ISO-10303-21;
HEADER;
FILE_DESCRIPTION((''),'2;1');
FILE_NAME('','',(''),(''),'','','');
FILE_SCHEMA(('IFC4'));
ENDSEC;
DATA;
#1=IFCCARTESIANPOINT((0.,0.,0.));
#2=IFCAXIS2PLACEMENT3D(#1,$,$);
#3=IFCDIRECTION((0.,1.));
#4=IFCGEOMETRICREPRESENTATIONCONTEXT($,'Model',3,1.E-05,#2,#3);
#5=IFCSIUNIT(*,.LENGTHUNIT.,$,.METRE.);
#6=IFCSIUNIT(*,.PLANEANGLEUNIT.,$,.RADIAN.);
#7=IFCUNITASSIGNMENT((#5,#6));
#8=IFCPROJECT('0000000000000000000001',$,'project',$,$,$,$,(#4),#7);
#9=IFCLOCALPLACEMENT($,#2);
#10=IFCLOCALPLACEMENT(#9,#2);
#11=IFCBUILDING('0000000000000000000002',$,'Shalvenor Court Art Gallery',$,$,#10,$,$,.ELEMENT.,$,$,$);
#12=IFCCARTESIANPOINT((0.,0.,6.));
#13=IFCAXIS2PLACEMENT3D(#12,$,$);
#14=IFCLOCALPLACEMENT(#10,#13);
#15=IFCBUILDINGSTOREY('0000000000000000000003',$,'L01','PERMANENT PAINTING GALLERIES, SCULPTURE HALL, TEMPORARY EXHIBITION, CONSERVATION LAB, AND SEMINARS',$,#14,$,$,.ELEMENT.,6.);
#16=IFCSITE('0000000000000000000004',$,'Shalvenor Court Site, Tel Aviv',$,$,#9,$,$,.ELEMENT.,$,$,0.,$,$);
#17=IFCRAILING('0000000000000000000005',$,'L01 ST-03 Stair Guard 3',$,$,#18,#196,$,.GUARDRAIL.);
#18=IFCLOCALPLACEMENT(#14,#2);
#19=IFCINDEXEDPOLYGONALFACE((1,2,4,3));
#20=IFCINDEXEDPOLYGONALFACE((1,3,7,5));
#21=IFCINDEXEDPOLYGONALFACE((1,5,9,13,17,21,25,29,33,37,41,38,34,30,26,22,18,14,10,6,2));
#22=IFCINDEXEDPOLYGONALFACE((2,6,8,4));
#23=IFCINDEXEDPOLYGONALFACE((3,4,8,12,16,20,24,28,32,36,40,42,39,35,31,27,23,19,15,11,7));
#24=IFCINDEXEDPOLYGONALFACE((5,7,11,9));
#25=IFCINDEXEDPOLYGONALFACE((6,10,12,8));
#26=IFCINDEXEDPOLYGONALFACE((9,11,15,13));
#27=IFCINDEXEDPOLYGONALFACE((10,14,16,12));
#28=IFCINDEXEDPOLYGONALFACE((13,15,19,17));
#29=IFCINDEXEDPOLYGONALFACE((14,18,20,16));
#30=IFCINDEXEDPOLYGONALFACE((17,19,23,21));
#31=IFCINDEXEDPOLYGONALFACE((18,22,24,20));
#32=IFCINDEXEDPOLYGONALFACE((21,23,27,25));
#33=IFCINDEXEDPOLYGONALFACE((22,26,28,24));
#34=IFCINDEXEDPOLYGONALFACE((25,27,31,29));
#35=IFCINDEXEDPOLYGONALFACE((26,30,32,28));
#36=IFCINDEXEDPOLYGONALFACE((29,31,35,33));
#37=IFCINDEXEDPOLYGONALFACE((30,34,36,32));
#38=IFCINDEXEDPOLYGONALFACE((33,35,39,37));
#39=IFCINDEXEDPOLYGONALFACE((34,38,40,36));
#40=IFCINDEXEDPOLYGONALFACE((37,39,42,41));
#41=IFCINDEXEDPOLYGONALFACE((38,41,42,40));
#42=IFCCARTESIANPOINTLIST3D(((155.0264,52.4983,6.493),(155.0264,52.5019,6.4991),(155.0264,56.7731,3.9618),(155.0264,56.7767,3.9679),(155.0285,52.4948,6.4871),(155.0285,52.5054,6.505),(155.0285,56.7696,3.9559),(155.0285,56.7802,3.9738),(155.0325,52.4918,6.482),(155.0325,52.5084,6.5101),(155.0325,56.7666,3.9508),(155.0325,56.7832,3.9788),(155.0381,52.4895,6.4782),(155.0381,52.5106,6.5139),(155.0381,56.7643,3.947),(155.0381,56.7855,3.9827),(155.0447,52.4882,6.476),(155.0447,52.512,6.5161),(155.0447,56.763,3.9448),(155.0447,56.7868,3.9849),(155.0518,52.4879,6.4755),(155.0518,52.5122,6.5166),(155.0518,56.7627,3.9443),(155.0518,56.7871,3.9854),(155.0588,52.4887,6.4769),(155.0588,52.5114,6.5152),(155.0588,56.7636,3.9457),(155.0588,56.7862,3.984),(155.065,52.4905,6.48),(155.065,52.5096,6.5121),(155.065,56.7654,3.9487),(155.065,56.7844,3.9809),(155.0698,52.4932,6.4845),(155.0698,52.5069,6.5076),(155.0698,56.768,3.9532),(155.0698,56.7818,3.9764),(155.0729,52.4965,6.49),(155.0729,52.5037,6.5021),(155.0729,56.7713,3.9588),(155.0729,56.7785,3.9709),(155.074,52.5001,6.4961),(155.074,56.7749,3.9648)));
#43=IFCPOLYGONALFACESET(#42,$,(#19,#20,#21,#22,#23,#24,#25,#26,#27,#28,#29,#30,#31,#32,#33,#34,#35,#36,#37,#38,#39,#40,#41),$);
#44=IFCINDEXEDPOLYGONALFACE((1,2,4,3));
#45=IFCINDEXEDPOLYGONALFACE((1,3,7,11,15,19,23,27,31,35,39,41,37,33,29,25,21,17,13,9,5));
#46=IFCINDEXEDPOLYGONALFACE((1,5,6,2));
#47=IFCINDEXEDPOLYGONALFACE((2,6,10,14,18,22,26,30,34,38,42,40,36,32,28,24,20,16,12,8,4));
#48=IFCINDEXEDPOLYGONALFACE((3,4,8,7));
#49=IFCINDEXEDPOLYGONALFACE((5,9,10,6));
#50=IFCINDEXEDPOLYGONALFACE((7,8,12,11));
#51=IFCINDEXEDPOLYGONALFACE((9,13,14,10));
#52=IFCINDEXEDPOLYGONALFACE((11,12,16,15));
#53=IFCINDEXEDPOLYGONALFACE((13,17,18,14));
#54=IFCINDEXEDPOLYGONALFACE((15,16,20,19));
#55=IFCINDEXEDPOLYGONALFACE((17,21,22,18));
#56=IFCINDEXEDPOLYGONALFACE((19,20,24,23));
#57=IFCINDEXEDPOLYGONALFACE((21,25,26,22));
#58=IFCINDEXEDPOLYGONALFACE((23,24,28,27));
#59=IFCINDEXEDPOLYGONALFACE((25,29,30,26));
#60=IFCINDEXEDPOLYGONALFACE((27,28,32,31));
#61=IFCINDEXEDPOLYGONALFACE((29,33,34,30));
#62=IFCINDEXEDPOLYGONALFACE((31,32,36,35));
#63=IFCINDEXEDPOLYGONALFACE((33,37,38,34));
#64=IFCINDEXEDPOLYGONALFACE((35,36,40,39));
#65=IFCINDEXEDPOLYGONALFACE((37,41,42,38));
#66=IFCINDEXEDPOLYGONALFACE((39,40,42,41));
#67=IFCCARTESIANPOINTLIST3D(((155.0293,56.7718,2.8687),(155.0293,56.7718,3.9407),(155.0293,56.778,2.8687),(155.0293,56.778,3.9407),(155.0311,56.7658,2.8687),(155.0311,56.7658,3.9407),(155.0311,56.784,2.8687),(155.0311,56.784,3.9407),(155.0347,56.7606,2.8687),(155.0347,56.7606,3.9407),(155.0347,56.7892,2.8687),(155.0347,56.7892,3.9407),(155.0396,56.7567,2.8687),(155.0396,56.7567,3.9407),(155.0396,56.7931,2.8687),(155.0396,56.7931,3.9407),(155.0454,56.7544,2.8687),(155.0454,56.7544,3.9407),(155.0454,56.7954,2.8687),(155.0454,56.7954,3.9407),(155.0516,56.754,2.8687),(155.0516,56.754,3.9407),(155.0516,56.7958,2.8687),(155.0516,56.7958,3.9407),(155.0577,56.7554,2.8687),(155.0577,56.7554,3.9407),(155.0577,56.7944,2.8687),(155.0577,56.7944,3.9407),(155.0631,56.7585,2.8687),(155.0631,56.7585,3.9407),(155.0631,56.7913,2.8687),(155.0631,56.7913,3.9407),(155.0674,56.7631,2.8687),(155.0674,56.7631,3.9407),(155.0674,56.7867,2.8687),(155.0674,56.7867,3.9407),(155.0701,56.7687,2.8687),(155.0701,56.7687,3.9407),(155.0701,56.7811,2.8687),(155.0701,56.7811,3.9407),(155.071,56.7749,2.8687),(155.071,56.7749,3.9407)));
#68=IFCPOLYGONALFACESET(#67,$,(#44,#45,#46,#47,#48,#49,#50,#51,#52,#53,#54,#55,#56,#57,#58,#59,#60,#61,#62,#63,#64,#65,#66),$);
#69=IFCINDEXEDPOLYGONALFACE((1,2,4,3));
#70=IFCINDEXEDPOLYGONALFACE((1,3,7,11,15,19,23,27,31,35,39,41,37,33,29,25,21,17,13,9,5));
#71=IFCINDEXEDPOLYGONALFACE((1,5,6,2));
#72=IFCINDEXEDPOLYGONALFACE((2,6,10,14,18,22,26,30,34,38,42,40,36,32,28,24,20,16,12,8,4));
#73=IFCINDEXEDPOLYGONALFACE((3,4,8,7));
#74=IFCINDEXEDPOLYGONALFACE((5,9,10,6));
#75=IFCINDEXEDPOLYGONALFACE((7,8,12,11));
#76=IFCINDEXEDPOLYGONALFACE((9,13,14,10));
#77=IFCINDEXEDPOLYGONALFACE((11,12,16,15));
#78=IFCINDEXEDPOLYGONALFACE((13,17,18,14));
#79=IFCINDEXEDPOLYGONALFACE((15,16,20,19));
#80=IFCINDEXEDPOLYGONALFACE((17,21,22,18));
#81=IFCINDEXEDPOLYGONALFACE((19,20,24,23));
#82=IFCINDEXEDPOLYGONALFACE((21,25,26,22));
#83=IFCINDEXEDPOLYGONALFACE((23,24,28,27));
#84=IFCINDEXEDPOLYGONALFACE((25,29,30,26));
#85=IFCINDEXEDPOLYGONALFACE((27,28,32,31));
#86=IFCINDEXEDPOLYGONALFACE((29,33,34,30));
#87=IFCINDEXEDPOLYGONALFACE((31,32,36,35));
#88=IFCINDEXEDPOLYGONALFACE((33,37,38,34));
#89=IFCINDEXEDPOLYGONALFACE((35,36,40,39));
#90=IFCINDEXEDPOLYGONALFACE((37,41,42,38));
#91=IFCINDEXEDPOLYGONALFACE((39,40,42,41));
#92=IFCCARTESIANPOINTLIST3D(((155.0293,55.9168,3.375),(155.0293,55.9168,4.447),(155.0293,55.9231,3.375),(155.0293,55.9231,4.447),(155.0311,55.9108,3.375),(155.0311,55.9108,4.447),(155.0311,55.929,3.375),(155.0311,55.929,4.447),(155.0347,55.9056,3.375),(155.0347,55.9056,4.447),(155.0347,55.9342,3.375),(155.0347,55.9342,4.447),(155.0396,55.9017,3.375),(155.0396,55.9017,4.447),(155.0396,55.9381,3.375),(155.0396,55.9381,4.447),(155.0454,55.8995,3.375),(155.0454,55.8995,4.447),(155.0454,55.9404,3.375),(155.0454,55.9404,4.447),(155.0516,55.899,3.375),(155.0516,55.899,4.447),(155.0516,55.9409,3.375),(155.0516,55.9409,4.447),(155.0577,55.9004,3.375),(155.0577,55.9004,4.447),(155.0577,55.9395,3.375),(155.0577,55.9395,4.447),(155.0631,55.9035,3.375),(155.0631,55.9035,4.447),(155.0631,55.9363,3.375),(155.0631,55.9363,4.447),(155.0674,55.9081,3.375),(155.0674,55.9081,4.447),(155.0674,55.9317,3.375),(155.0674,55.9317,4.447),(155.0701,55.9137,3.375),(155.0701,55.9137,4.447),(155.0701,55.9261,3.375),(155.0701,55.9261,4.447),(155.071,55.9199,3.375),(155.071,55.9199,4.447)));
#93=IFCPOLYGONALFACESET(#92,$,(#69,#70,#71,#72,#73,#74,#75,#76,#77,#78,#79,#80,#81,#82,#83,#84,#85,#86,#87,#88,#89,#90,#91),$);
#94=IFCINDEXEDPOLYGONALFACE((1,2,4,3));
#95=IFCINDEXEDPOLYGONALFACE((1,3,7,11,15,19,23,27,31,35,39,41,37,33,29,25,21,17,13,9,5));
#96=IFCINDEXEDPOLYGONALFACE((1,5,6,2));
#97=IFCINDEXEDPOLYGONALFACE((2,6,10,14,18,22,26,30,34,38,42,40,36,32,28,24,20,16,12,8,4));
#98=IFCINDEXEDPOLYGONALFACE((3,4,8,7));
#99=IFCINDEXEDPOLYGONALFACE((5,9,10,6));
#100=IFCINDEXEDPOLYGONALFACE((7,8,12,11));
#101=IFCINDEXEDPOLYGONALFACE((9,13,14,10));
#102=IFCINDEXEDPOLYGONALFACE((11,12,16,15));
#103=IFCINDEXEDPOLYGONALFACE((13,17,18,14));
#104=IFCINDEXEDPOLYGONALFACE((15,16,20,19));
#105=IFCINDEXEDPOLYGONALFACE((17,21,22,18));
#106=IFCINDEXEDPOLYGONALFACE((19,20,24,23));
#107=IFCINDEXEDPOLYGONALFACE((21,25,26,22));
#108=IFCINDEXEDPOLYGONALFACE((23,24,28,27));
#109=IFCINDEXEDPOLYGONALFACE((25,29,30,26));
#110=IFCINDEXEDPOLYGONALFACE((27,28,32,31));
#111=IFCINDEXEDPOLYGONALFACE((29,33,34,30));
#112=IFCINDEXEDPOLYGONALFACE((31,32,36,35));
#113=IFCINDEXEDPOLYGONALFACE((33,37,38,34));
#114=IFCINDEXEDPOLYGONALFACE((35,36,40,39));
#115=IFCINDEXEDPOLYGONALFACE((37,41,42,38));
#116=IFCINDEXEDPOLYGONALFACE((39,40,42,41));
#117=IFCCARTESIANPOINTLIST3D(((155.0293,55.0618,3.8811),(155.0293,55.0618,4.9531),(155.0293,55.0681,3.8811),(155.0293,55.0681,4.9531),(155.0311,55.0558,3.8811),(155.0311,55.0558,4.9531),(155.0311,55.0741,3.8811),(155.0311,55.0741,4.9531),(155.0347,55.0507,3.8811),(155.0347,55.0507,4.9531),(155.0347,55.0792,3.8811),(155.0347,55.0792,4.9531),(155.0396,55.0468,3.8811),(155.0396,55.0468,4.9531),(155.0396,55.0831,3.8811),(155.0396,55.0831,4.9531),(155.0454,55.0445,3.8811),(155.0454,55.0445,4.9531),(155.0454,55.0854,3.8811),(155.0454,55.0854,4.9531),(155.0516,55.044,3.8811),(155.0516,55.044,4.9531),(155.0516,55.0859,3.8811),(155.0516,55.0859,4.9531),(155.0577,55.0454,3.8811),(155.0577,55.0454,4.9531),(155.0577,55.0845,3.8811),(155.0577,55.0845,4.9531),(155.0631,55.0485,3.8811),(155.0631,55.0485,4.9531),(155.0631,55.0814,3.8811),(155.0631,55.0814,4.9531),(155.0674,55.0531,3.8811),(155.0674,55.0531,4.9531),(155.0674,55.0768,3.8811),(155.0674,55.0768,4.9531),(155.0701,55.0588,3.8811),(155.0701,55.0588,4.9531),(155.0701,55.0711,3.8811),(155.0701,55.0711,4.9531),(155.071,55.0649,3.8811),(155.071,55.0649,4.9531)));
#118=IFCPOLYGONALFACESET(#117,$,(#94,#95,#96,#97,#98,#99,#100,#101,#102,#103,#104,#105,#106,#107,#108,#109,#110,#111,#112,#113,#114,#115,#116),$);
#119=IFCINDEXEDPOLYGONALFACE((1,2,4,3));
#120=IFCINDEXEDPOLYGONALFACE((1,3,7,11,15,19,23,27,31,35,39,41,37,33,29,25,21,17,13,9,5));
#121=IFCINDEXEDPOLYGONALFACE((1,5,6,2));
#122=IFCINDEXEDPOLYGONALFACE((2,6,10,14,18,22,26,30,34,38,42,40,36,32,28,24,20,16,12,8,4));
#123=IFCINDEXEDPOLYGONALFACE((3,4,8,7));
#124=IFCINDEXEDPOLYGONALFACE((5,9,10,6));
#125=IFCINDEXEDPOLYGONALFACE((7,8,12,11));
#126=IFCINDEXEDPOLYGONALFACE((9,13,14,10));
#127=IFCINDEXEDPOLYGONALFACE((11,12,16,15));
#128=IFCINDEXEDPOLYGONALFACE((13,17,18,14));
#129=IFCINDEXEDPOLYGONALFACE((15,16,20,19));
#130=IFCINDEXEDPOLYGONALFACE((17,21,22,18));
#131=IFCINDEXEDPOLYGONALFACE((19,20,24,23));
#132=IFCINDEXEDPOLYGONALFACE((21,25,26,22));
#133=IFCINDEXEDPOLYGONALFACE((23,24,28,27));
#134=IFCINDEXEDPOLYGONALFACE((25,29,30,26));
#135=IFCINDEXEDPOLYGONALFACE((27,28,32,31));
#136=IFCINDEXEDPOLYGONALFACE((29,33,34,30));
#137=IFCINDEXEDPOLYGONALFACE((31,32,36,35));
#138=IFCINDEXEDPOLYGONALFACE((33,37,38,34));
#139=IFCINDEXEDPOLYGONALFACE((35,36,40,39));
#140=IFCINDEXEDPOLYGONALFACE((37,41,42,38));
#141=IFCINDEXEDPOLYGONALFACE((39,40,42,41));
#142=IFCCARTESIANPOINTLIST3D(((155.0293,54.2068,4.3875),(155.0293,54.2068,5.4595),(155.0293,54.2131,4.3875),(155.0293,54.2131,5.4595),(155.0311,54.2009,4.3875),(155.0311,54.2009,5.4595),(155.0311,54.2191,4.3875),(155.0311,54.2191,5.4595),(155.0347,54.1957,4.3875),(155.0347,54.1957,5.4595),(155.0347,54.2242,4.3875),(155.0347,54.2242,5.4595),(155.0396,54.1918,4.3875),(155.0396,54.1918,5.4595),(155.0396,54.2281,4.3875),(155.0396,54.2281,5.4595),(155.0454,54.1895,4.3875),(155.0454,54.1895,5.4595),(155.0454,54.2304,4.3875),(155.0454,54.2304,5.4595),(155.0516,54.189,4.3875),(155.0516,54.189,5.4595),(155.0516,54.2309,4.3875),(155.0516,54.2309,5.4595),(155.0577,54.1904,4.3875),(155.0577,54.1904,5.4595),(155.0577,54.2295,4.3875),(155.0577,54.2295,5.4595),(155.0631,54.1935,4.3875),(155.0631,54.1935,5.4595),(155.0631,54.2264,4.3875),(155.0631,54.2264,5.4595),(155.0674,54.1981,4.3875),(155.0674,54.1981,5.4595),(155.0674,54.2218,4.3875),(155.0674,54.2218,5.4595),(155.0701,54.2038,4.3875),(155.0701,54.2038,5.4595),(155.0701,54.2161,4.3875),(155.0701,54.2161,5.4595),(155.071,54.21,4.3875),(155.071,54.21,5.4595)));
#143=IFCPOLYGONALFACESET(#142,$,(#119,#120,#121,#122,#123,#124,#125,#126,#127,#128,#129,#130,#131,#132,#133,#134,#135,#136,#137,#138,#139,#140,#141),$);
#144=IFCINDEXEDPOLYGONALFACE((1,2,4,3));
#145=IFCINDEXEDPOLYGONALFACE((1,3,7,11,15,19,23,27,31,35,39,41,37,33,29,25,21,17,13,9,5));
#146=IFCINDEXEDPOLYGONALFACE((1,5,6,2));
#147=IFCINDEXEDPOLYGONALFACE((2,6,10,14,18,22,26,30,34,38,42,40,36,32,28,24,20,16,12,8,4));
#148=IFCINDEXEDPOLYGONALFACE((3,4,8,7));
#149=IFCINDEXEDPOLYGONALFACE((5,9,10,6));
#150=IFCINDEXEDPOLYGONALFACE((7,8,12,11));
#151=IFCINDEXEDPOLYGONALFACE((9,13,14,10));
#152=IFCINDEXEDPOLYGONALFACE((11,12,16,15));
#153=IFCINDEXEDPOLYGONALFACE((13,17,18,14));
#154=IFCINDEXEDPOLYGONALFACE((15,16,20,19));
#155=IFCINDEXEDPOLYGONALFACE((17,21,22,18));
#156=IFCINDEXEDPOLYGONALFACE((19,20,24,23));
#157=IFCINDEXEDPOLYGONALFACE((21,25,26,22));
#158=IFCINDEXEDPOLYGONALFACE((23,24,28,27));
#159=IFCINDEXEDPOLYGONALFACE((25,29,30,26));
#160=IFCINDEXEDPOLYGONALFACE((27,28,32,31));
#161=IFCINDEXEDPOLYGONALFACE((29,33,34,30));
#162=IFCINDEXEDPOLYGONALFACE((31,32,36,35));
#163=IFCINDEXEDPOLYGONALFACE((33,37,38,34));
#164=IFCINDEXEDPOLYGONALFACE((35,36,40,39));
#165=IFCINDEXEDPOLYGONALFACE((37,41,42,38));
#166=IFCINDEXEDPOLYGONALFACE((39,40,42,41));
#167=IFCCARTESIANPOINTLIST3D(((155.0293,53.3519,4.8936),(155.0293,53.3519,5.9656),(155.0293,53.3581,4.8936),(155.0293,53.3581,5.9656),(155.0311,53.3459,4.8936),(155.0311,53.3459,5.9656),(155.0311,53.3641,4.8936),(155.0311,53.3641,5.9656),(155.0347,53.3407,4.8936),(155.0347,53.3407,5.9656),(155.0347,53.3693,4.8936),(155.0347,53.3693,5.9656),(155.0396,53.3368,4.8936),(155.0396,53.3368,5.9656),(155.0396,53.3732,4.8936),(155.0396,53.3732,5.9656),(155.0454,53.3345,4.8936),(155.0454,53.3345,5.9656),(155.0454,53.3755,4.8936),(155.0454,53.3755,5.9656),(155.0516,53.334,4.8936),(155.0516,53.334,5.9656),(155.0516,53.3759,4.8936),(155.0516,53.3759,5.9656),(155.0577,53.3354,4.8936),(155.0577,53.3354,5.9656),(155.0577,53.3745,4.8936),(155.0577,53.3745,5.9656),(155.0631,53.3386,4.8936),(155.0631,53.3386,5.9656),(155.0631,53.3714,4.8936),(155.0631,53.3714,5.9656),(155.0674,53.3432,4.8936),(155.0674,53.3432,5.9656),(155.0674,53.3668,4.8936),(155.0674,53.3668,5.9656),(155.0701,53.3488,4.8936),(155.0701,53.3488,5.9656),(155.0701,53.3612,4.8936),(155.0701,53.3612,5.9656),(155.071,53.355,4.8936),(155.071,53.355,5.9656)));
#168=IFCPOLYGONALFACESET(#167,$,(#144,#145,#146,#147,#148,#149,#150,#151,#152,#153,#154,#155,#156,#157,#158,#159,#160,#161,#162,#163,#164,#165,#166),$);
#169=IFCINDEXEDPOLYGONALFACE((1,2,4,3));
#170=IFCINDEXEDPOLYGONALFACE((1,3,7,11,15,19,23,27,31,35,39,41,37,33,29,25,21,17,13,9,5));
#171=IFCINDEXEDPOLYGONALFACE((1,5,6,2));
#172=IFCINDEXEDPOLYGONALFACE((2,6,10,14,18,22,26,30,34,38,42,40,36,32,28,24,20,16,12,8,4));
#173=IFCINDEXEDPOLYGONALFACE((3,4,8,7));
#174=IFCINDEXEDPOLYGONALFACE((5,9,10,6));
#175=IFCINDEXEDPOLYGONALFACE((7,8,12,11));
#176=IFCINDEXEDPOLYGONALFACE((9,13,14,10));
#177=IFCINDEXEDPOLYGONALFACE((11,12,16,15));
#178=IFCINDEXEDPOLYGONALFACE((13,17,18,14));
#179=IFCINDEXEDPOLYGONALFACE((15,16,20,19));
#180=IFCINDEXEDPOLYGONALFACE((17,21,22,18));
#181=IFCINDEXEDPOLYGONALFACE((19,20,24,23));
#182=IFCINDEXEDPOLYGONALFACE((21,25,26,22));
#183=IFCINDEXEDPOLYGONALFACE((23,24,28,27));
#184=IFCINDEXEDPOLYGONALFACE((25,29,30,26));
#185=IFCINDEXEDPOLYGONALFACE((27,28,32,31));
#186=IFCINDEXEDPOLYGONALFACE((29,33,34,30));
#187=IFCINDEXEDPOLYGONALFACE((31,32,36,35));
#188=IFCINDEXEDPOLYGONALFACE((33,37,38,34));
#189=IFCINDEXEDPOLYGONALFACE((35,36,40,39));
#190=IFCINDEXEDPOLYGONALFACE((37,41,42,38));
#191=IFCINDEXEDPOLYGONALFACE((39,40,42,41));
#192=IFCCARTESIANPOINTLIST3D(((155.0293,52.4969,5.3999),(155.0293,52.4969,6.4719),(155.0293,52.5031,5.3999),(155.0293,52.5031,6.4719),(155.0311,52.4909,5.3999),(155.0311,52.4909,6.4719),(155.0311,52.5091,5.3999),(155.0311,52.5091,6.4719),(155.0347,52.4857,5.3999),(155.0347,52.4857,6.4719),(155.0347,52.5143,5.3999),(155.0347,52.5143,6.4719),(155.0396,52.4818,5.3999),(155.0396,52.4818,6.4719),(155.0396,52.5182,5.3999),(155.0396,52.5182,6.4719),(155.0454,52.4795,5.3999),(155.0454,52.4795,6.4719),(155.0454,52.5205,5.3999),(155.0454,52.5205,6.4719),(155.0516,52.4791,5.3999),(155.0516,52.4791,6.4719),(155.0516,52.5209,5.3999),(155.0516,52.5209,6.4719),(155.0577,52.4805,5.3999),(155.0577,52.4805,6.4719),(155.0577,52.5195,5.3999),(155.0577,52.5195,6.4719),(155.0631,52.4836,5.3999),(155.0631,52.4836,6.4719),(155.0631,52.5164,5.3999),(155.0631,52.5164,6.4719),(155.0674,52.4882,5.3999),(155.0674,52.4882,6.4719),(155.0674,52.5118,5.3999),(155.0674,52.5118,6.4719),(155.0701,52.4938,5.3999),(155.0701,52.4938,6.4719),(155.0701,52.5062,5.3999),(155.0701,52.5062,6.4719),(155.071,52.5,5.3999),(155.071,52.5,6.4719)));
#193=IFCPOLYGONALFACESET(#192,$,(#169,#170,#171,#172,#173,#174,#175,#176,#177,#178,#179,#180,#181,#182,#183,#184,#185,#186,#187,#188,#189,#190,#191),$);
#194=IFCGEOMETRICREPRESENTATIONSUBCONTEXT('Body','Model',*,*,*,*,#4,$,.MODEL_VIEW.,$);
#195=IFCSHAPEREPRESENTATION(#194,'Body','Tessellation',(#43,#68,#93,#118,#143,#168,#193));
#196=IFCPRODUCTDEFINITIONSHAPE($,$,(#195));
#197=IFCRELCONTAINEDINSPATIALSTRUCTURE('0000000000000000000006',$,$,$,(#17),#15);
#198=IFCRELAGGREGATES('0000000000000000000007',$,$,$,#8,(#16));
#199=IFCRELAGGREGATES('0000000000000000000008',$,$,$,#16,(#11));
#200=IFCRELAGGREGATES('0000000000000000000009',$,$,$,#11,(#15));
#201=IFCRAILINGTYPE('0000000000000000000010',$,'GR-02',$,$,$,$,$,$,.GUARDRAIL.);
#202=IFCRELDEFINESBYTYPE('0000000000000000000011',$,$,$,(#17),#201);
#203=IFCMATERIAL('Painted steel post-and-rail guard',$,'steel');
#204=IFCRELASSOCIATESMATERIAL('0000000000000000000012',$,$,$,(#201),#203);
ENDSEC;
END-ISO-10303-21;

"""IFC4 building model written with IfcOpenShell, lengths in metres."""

from ifc_helpers import new_model, si_unit, direction, frame, origin, origin_2d, place, context, subcontext, project, spatial, circle, extrude, material, type_object, element, save


model = new_model("IFC4")

# Units and contexts
model_context = context("Model", 3, precision=1e-05, world=origin(), true_north=direction((0.0, 1.0)))
body_context = subcontext(model_context, "Body", "Model", "MODEL_VIEW")
ifc_project = project(units=[si_unit("LENGTHUNIT", "METRE"), si_unit("PLANEANGLEUNIT", "RADIAN")], contexts=[model_context])

# Site, building, storey
site_placement = place(None, origin())
site = spatial("IfcSite", under=ifc_project, at=site_placement, Name="Shalvenor Court Site, Tel Aviv", CompositionType="ELEMENT", RefElevation=0.0)
building_placement = place(site_placement, origin())
building = spatial("IfcBuilding", under=site, at=building_placement, Name="Shalvenor Court Art Gallery", CompositionType="ELEMENT")
storey_placement = place(building_placement, frame((0.0, 0.0, 6.0)))
storey = spatial("IfcBuildingStorey", under=building, at=storey_placement, Name="L01", Description="PERMANENT PAINTING GALLERIES, SCULPTURE HALL, TEMPORARY EXHIBITION, CONSERVATION LAB, AND SEMINARS", CompositionType="ELEMENT", Elevation=6.0)

# Railing
ifc_material_1 = material(Name="Painted steel post-and-rail guard", Category="steel")
railing_type_1 = type_object("IfcRailingType", Name="GR-02", PredefinedType="GUARDRAIL", material=ifc_material_1)
railing_1_placement = place(storey_placement, frame((155.05, 56.7749, 2.8687)))
element("IfcRailing", 1, at=railing_1_placement, inside=storey, type_object=railing_type_1, Name="L01 ST-03 Stair Guard 3", PredefinedType="GUARDRAIL", context=body_context, shape_type="SweptSolid", body=[
    extrude(circle(Radius=0.0239, at=origin_2d()), frame((0.0, 0.0, 1.0962), z_axis=(0.0, -0.86047, 0.509501), x_axis=(1.0, 0.0, 0.0)), (0.0, 0.0, 1.0), 4.968),
    extrude(circle(Radius=0.021, at=origin_2d()), origin(), (0.0, 0.0, 1.0), 1.072),
    extrude(circle(Radius=0.021, at=origin_2d()), frame((0.0, -0.855, 0.5063)), (0.0, 0.0, 1.0), 1.072),
    extrude(circle(Radius=0.021, at=origin_2d()), frame((0.0, -1.71, 1.0125)), (0.0, 0.0, 1.0), 1.072),
    extrude(circle(Radius=0.021, at=origin_2d()), frame((0.0, -2.5649, 1.5188)), (0.0, 0.0, 1.0), 1.072),
    extrude(circle(Radius=0.021, at=origin_2d()), frame((0.0, -3.4199, 2.0249)), (0.0, 0.0, 1.0), 1.072),
    extrude(circle(Radius=0.021, at=origin_2d()), frame((0.0, -4.2749, 2.5312)), (0.0, 0.0, 1.0), 1.072),
])

save(model, "model.ifc")
